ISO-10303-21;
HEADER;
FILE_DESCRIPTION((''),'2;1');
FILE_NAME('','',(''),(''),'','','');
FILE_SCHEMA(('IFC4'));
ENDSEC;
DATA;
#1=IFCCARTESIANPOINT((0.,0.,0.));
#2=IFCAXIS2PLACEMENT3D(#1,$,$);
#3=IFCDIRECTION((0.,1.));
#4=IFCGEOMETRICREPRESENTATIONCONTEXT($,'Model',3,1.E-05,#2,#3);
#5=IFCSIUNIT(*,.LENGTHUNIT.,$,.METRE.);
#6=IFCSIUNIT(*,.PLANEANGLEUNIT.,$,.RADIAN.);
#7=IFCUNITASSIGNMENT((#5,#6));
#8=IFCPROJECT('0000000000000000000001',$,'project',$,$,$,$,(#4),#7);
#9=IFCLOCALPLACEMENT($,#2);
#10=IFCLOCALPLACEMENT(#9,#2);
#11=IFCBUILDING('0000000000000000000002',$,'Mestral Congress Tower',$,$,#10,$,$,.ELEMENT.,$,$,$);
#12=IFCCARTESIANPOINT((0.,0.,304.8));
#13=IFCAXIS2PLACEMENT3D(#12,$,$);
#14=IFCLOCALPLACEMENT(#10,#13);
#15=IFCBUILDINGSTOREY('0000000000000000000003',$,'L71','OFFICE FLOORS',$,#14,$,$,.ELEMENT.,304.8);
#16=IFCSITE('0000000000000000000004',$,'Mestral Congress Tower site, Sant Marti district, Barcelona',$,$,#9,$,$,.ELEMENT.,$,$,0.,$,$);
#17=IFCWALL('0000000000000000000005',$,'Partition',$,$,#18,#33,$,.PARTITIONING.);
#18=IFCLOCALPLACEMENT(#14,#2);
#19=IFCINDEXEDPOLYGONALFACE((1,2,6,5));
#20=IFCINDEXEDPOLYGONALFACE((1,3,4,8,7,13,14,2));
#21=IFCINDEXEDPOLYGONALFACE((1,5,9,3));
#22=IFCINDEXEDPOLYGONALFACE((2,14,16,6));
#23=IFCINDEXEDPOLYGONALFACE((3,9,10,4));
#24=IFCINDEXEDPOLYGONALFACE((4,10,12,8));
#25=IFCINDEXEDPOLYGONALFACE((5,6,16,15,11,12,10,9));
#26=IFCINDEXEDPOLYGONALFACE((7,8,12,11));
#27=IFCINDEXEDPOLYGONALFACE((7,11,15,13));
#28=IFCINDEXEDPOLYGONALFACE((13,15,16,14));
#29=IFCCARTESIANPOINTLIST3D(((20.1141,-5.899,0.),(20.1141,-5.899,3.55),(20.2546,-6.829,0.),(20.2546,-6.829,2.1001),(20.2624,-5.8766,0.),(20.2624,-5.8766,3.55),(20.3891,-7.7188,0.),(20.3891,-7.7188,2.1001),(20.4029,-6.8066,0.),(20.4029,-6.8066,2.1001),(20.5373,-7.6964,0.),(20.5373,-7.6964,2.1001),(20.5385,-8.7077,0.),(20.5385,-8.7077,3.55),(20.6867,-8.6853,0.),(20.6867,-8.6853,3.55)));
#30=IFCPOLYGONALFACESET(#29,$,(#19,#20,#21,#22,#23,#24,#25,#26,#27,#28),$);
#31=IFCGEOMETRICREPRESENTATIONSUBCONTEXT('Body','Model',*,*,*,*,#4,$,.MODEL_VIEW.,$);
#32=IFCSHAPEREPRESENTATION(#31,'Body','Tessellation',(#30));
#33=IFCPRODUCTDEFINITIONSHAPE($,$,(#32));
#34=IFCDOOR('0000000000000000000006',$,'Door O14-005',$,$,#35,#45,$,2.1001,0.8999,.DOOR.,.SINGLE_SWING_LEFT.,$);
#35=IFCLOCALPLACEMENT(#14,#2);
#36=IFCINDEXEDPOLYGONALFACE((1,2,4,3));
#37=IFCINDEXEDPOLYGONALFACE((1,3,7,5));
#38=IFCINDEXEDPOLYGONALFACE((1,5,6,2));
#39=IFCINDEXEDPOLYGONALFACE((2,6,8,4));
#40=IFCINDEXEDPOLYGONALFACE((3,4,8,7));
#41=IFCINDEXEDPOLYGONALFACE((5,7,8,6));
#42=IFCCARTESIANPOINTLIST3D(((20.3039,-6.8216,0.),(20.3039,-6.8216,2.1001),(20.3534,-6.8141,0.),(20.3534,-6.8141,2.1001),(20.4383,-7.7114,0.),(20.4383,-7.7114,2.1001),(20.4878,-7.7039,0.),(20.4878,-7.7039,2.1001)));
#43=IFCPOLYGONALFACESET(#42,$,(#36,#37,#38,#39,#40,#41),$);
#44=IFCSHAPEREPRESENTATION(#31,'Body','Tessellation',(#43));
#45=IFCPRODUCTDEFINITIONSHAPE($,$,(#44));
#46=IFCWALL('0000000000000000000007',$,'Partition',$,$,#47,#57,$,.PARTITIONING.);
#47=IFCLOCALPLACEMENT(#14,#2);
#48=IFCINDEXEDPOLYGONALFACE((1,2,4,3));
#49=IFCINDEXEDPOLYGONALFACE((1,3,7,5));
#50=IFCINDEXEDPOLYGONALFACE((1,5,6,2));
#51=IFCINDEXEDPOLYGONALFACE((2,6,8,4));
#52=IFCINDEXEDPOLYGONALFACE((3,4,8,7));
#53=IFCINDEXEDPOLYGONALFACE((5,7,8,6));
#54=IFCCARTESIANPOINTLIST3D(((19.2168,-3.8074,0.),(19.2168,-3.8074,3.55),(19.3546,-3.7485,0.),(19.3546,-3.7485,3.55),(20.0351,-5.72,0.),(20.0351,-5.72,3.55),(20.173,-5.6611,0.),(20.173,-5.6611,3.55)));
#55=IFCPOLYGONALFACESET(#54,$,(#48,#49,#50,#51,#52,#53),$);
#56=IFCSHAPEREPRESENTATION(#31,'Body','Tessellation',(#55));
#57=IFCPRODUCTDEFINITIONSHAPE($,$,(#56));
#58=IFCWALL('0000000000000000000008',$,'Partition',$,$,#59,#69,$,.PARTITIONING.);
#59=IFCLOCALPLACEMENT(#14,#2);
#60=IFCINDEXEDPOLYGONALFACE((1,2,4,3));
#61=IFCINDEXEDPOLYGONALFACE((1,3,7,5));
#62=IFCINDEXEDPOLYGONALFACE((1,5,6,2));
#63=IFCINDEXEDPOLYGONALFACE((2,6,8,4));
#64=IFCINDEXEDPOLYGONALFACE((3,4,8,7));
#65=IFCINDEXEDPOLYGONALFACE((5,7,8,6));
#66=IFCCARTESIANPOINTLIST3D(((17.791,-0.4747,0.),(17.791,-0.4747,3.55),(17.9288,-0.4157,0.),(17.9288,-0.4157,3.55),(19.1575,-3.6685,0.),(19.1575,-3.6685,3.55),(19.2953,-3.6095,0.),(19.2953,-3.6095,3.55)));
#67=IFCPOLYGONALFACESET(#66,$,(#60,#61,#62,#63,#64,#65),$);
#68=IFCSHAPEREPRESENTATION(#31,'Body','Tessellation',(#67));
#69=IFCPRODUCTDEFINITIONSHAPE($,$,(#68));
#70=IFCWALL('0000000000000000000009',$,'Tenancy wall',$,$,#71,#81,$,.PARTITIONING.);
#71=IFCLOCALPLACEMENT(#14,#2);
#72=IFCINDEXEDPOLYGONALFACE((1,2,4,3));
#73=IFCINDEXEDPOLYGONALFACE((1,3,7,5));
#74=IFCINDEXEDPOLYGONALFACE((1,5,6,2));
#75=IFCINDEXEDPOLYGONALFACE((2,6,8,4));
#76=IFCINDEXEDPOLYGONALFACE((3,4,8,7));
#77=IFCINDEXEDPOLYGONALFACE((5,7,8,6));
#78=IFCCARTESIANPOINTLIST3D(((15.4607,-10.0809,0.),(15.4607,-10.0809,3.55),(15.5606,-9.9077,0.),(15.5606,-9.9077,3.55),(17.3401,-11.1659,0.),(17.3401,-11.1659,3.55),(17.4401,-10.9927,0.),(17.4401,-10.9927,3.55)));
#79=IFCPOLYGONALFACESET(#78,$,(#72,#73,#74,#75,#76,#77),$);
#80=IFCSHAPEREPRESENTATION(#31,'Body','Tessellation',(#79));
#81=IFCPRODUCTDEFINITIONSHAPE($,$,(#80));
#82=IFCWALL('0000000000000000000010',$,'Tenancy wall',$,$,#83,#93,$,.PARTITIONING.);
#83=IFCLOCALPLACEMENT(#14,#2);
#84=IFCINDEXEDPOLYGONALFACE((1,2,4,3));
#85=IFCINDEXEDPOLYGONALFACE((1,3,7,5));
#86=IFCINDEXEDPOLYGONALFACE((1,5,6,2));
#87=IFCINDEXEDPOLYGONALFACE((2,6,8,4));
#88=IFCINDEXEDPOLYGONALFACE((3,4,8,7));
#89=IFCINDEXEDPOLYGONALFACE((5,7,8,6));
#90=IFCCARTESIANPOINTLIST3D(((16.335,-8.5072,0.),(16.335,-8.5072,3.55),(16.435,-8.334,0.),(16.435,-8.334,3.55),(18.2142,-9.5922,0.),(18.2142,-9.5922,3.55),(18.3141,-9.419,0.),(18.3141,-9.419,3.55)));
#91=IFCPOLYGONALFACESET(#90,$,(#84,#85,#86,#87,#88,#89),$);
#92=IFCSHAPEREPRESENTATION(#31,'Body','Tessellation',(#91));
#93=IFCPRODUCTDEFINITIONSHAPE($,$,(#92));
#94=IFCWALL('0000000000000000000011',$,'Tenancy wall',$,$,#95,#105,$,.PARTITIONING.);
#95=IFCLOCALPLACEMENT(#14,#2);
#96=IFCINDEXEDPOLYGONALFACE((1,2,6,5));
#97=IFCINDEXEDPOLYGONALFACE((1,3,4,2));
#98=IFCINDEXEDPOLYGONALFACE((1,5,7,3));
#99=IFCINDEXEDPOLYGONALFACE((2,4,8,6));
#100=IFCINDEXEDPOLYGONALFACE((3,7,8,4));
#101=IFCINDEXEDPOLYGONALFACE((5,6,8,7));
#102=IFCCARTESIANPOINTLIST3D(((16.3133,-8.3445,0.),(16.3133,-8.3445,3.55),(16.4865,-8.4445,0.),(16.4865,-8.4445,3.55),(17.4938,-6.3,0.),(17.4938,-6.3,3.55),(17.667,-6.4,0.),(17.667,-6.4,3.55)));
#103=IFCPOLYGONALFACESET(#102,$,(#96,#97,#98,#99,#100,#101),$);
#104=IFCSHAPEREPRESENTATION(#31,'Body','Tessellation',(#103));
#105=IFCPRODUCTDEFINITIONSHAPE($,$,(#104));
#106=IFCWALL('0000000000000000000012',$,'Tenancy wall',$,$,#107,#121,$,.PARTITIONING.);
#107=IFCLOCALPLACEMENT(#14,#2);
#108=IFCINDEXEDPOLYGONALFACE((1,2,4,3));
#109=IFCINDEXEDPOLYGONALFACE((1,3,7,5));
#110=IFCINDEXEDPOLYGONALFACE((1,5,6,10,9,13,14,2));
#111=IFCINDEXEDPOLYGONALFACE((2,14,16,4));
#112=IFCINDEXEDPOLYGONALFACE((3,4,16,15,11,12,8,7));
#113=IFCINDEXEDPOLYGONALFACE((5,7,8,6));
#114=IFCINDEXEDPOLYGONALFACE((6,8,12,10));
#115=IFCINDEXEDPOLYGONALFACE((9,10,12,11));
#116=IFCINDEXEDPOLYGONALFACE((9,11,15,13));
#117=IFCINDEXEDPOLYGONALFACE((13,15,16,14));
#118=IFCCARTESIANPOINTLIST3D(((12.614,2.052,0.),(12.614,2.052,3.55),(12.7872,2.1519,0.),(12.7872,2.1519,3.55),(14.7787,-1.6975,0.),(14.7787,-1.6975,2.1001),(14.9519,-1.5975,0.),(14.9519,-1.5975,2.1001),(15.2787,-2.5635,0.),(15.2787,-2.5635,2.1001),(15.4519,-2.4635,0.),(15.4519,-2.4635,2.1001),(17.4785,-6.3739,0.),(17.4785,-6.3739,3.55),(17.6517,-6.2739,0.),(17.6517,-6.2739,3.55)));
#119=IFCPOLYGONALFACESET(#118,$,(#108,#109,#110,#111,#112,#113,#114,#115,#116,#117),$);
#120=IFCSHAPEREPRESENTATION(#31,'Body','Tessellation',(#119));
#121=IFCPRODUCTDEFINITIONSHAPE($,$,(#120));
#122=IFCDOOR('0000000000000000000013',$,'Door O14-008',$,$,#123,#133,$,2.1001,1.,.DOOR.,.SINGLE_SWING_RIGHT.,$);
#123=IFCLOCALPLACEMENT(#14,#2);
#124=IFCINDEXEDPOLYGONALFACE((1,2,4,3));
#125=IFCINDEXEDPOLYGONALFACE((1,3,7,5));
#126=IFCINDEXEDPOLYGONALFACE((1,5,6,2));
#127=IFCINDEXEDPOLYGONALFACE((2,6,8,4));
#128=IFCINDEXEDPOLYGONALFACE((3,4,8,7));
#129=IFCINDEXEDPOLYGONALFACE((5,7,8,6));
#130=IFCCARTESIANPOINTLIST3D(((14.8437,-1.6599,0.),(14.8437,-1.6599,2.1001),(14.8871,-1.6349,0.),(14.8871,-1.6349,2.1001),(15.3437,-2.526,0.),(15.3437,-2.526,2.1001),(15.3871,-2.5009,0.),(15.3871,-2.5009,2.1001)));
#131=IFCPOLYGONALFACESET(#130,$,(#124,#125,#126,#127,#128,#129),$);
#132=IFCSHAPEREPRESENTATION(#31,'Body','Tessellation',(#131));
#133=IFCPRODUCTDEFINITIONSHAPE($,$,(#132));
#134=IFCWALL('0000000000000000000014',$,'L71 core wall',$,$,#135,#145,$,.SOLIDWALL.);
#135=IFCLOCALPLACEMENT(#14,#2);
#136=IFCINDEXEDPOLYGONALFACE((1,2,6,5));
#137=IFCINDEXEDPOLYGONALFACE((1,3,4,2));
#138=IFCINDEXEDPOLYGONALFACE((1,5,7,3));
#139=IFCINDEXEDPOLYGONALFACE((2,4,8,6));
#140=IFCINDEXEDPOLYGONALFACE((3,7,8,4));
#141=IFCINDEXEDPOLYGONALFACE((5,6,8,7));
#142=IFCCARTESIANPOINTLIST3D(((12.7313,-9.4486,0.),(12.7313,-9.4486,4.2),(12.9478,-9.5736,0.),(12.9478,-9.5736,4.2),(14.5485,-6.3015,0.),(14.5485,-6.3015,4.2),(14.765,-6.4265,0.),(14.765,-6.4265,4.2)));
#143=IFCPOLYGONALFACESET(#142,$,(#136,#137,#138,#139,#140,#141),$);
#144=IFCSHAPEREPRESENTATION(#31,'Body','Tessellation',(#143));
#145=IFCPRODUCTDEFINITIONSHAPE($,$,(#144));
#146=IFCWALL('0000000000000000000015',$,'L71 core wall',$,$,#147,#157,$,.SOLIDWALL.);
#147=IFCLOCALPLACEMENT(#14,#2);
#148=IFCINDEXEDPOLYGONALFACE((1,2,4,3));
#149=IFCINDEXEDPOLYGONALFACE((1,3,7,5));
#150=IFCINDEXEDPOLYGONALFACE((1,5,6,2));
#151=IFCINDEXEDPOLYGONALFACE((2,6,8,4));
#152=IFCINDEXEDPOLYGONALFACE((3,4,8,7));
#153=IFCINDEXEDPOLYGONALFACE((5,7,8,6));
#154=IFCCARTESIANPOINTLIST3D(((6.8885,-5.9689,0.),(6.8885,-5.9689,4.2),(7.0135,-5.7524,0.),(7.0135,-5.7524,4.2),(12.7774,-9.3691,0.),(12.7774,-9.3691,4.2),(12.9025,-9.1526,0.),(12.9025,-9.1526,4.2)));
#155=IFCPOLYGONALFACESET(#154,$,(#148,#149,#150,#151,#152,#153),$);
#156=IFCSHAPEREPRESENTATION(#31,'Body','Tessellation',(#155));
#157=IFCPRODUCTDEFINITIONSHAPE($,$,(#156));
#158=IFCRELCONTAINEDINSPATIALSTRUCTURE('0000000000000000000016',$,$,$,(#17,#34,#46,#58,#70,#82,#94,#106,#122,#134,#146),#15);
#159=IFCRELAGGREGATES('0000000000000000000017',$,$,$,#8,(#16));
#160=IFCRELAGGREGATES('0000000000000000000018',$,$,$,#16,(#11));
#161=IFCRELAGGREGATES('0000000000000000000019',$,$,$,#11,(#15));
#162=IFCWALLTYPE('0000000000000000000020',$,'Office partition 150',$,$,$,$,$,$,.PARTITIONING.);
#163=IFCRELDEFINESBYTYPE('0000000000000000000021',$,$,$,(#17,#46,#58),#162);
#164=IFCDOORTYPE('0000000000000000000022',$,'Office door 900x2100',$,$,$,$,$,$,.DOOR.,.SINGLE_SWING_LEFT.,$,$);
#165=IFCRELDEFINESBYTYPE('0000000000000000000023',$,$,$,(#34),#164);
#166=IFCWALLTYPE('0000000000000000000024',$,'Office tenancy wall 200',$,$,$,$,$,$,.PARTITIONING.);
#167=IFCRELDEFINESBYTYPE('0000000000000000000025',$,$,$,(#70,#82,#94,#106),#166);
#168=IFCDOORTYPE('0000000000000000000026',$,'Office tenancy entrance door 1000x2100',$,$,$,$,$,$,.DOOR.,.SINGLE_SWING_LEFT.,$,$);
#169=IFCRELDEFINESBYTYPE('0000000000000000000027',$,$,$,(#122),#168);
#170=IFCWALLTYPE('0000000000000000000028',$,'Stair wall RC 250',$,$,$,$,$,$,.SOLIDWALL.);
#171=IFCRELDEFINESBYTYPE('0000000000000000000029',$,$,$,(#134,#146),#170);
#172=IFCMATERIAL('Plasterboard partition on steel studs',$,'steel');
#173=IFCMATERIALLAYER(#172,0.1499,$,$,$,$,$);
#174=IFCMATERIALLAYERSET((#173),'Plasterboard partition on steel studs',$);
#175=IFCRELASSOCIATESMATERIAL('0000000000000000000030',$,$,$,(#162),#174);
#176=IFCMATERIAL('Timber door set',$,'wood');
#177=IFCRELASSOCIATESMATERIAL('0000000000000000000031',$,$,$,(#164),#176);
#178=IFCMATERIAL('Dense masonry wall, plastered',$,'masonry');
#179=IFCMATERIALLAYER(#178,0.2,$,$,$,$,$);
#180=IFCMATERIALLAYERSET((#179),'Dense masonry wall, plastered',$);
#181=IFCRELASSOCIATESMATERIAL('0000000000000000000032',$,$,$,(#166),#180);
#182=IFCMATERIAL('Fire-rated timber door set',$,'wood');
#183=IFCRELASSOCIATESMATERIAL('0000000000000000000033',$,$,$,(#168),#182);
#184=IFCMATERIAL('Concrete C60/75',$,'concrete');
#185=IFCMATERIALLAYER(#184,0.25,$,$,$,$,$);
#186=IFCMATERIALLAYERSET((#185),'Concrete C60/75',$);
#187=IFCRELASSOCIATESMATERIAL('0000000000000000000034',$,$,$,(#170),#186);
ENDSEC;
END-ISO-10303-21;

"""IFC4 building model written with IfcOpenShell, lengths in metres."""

from ifc_helpers import new_model, si_unit, direction, frame, frame_2d, origin, place, context, subcontext, project, spatial, rectangle, extrude, material, layer, layer_set, type_object, element, fill, save


model = new_model("IFC4")

# Units and contexts
model_context = context("Model", 3, precision=1e-05, world=origin(), true_north=direction((0.0, 1.0)))
body_context = subcontext(model_context, "Body", "Model", "MODEL_VIEW")
ifc_project = project(units=[si_unit("LENGTHUNIT", "METRE"), si_unit("PLANEANGLEUNIT", "RADIAN")], contexts=[model_context])

# Site, building, storey
site_placement = place(None, origin())
site = spatial("IfcSite", under=ifc_project, at=site_placement, Name="Mestral Congress Tower site, Sant Marti district, Barcelona", CompositionType="ELEMENT", RefElevation=0.0)
building_placement = place(site_placement, origin())
building = spatial("IfcBuilding", under=site, at=building_placement, Name="Mestral Congress Tower", CompositionType="ELEMENT")
storey_placement = place(building_placement, frame((0.0, 0.0, 304.8)))
storey = spatial("IfcBuildingStorey", under=building, at=storey_placement, Name="L71", Description="OFFICE FLOORS", CompositionType="ELEMENT", Elevation=304.8)

# Shared definitions
ifc_material_1 = material(Name="Concrete C60/75", Category="concrete")

# Shared definitions
ifc_material_2 = material(Name="Plasterboard partition on steel studs", Category="steel")
ifc_layer_1 = layer(ifc_material_2, 0.1499)
ifc_layer_set_1 = layer_set([ifc_layer_1], Name="Plasterboard partition on steel studs")
wall_type_1 = type_object("IfcWallType", Name="Office partition 150", PredefinedType="PARTITIONING", material=ifc_layer_set_1)

# Wall, opening, door
wall_1_placement = place(storey_placement, frame((20.1882, -5.8877, 0.0), z_axis=(0.0, 0.0, 1.0), x_axis=(0.149383, -0.988779, 0.0)))
wall_1 = element("IfcWall", 1, at=wall_1_placement, inside=storey, type_object=wall_type_1, Name="Partition", PredefinedType="PARTITIONING", context=body_context, shape_type="SweptSolid", body=[
    extrude(rectangle(XDim=2.8406, YDim=0.1499, at=frame_2d((1.4204, 0.0))), origin(), (0.0, 0.0, 1.0), 3.55),
])
opening_1_placement = place(wall_1_placement, frame((0.9407, 0.0, 0.0)))
opening_1 = element("IfcOpeningElement", 2, at=opening_1_placement, cuts=wall_1, PredefinedType="OPENING", context=body_context, shape_type="SweptSolid", body=[
    extrude(rectangle(XDim=0.8999, YDim=2.1001, at=frame_2d((0.45, 1.05))), frame((0.0, 0.085, 0.0), z_axis=(0.0, -1.0, 0.0), x_axis=(1.0, 0.0, 0.0)), (0.0, 0.0, 1.0), 0.1699),
])
ifc_material_3 = material(Name="Timber door set", Category="wood")
door_type_1 = type_object("IfcDoorType", Name="Office door 900x2100", OperationType="SINGLE_SWING_LEFT", PredefinedType="DOOR", material=ifc_material_3)
door_1_placement = place(opening_1_placement, origin())
door_1 = element("IfcDoor", 3, at=door_1_placement, inside=storey, type_object=door_type_1, Name="Door O14-005", OperationType="SINGLE_SWING_LEFT", OverallHeight=2.1001, OverallWidth=0.8999, PredefinedType="DOOR", context=body_context, shape_type="SweptSolid", body=[
    extrude(rectangle(XDim=0.8999, YDim=2.1001, at=frame_2d((0.45, 1.05))), frame((0.0, 0.0249, 0.0), z_axis=(0.0, -1.0, 0.0), x_axis=(1.0, 0.0, 0.0)), (0.0, 0.0, 1.0), 0.05),
])
fill(opening_1, door_1)

# Walls
wall_2_placement = place(storey_placement, frame((20.104, -5.6904, 0.0), z_axis=(0.0, 0.0, 1.0), x_axis=(-0.393381, 0.919376, 0.0)))
element("IfcWall", 4, at=wall_2_placement, inside=storey, type_object=wall_type_1, Name="Partition", PredefinedType="PARTITIONING", context=body_context, shape_type="SweptSolid", body=[
    extrude(rectangle(XDim=2.0803, YDim=0.1499, at=frame_2d((1.04, 0.0))), origin(), (0.0, 0.0, 1.0), 3.55),
])
wall_3_placement = place(storey_placement, frame((19.2263, -3.6389, 0.0), z_axis=(0.0, 0.0, 1.0), x_axis=(-0.393351, 0.919388, 0.0)))
element("IfcWall", 5, at=wall_3_placement, inside=storey, type_object=wall_type_1, Name="Partition", PredefinedType="PARTITIONING", context=body_context, shape_type="SweptSolid", body=[
    extrude(rectangle(XDim=3.4739, YDim=0.1499, at=frame_2d((1.7368, 0.0))), origin(), (0.0, 0.0, 1.0), 3.55),
])
ifc_material_4 = material(Name="Dense masonry wall, plastered", Category="masonry")
ifc_layer_2 = layer(ifc_material_4, 0.2)
ifc_layer_set_2 = layer_set([ifc_layer_2], Name="Dense masonry wall, plastered")
wall_type_2 = type_object("IfcWallType", Name="Office tenancy wall 200", PredefinedType="PARTITIONING", material=ifc_layer_set_2)
wall_4_placement = place(storey_placement, frame((15.5107, -9.9944, 0.0), z_axis=(0.0, 0.0, 1.0), x_axis=(0.866047, -0.499963, 0.0)))
element("IfcWall", 6, at=wall_4_placement, inside=storey, type_object=wall_type_2, Name="Tenancy wall", PredefinedType="PARTITIONING", context=body_context, shape_type="SweptSolid", body=[
    extrude(rectangle(XDim=2.1702, YDim=0.2, at=frame_2d((1.085, 0.0))), origin(), (0.0, 0.0, 1.0), 3.55),
])
wall_5_placement = place(storey_placement, frame((18.2642, -9.5056, 0.0), z_axis=(0.0, 0.0, 1.0), x_axis=(-0.866019, 0.500011, 0.0)))
element("IfcWall", 7, at=wall_5_placement, inside=storey, type_object=wall_type_2, Name="Tenancy wall", PredefinedType="PARTITIONING", context=body_context, shape_type="SweptSolid", body=[
    extrude(rectangle(XDim=2.1699, YDim=0.2, at=frame_2d((1.085, 0.0))), origin(), (0.0, 0.0, 1.0), 3.55),
])
wall_6_placement = place(storey_placement, frame((16.3999, -8.3945, 0.0), z_axis=(0.0, 0.0, 1.0), x_axis=(0.500021, 0.866013, 0.0)))
element("IfcWall", 8, at=wall_6_placement, inside=storey, type_object=wall_type_2, Name="Tenancy wall", PredefinedType="PARTITIONING", context=body_context, shape_type="SweptSolid", body=[
    extrude(rectangle(XDim=2.3608, YDim=0.2, at=frame_2d((1.1804, 0.0))), origin(), (0.0, 0.0, 1.0), 3.55),
])

# Wall, opening, door
wall_7_placement = place(storey_placement, frame((17.5652, -6.324, 0.0), z_axis=(0.0, 0.0, 1.0), x_axis=(-0.49999, 0.866031, 0.0)))
wall_7 = element("IfcWall", 9, at=wall_7_placement, inside=storey, type_object=wall_type_2, Name="Tenancy wall", PredefinedType="PARTITIONING", context=body_context, shape_type="SweptSolid", body=[
    extrude(rectangle(XDim=9.7292, YDim=0.2, at=frame_2d((4.8647, 0.0))), origin(), (0.0, 0.0, 1.0), 3.55),
])
opening_2_placement = place(wall_7_placement, frame((4.3999, 0.0, 0.0)))
opening_2 = element("IfcOpeningElement", 10, at=opening_2_placement, cuts=wall_7, PredefinedType="OPENING", context=body_context, shape_type="SweptSolid", body=[
    extrude(rectangle(XDim=1.0, YDim=2.1001, at=frame_2d((0.5, 1.05))), frame((0.0, 0.1099, 0.0), z_axis=(0.0, -1.0, 0.0), x_axis=(1.0, 0.0, 0.0)), (0.0, 0.0, 1.0), 0.22),
])
ifc_material_5 = material(Name="Fire-rated timber door set", Category="wood")
door_type_2 = type_object("IfcDoorType", Name="Office tenancy entrance door 1000x2100", OperationType="SINGLE_SWING_LEFT", PredefinedType="DOOR", material=ifc_material_5)
door_2_placement = place(opening_2_placement, origin())
door_2 = element("IfcDoor", 11, at=door_2_placement, inside=storey, type_object=door_type_2, Name="Door O14-008", OperationType="SINGLE_SWING_RIGHT", OverallHeight=2.1001, OverallWidth=1.0, PredefinedType="DOOR", context=body_context, shape_type="SweptSolid", body=[
    extrude(rectangle(XDim=1.0, YDim=2.1001, at=frame_2d((0.5, 1.05))), frame((0.0, 0.0249, 0.0), z_axis=(0.0, -1.0, 0.0), x_axis=(1.0, 0.0, 0.0)), (0.0, 0.0, 1.0), 0.05),
])
fill(opening_2, door_2)

# Walls
ifc_layer_3 = layer(ifc_material_1, 0.25)
ifc_layer_set_3 = layer_set([ifc_layer_3], Name="Concrete C60/75")
wall_type_3 = type_object("IfcWallType", Name="Stair wall RC 250", PredefinedType="SOLIDWALL", material=ifc_layer_set_3)
wall_8_placement = place(storey_placement, frame((12.8396, -9.511, 0.0), z_axis=(0.0, 0.0, 1.0), x_axis=(0.500048, 0.865998, 0.0)))
element("IfcWall", 12, at=wall_8_placement, inside=storey, type_object=wall_type_3, Name="L71 core wall", PredefinedType="SOLIDWALL", context=body_context, shape_type="SweptSolid", body=[
    extrude(rectangle(XDim=3.634, YDim=0.25, at=frame_2d((1.8169, 0.0))), origin(), (0.0, 0.0, 1.0), 4.2),
])
wall_9_placement = place(storey_placement, frame((12.8398, -9.2607, 0.0), z_axis=(0.0, 0.0, 1.0), x_axis=(-0.866014, 0.50002, 0.0)))
element("IfcWall", 13, at=wall_9_placement, inside=storey, type_object=wall_type_3, Name="L71 core wall", PredefinedType="SOLIDWALL", context=body_context, shape_type="SweptSolid", body=[
    extrude(rectangle(XDim=6.8, YDim=0.25, at=frame_2d((3.3999, 0.0))), origin(), (0.0, 0.0, 1.0), 4.2),
])

save(model, "model.ifc")
